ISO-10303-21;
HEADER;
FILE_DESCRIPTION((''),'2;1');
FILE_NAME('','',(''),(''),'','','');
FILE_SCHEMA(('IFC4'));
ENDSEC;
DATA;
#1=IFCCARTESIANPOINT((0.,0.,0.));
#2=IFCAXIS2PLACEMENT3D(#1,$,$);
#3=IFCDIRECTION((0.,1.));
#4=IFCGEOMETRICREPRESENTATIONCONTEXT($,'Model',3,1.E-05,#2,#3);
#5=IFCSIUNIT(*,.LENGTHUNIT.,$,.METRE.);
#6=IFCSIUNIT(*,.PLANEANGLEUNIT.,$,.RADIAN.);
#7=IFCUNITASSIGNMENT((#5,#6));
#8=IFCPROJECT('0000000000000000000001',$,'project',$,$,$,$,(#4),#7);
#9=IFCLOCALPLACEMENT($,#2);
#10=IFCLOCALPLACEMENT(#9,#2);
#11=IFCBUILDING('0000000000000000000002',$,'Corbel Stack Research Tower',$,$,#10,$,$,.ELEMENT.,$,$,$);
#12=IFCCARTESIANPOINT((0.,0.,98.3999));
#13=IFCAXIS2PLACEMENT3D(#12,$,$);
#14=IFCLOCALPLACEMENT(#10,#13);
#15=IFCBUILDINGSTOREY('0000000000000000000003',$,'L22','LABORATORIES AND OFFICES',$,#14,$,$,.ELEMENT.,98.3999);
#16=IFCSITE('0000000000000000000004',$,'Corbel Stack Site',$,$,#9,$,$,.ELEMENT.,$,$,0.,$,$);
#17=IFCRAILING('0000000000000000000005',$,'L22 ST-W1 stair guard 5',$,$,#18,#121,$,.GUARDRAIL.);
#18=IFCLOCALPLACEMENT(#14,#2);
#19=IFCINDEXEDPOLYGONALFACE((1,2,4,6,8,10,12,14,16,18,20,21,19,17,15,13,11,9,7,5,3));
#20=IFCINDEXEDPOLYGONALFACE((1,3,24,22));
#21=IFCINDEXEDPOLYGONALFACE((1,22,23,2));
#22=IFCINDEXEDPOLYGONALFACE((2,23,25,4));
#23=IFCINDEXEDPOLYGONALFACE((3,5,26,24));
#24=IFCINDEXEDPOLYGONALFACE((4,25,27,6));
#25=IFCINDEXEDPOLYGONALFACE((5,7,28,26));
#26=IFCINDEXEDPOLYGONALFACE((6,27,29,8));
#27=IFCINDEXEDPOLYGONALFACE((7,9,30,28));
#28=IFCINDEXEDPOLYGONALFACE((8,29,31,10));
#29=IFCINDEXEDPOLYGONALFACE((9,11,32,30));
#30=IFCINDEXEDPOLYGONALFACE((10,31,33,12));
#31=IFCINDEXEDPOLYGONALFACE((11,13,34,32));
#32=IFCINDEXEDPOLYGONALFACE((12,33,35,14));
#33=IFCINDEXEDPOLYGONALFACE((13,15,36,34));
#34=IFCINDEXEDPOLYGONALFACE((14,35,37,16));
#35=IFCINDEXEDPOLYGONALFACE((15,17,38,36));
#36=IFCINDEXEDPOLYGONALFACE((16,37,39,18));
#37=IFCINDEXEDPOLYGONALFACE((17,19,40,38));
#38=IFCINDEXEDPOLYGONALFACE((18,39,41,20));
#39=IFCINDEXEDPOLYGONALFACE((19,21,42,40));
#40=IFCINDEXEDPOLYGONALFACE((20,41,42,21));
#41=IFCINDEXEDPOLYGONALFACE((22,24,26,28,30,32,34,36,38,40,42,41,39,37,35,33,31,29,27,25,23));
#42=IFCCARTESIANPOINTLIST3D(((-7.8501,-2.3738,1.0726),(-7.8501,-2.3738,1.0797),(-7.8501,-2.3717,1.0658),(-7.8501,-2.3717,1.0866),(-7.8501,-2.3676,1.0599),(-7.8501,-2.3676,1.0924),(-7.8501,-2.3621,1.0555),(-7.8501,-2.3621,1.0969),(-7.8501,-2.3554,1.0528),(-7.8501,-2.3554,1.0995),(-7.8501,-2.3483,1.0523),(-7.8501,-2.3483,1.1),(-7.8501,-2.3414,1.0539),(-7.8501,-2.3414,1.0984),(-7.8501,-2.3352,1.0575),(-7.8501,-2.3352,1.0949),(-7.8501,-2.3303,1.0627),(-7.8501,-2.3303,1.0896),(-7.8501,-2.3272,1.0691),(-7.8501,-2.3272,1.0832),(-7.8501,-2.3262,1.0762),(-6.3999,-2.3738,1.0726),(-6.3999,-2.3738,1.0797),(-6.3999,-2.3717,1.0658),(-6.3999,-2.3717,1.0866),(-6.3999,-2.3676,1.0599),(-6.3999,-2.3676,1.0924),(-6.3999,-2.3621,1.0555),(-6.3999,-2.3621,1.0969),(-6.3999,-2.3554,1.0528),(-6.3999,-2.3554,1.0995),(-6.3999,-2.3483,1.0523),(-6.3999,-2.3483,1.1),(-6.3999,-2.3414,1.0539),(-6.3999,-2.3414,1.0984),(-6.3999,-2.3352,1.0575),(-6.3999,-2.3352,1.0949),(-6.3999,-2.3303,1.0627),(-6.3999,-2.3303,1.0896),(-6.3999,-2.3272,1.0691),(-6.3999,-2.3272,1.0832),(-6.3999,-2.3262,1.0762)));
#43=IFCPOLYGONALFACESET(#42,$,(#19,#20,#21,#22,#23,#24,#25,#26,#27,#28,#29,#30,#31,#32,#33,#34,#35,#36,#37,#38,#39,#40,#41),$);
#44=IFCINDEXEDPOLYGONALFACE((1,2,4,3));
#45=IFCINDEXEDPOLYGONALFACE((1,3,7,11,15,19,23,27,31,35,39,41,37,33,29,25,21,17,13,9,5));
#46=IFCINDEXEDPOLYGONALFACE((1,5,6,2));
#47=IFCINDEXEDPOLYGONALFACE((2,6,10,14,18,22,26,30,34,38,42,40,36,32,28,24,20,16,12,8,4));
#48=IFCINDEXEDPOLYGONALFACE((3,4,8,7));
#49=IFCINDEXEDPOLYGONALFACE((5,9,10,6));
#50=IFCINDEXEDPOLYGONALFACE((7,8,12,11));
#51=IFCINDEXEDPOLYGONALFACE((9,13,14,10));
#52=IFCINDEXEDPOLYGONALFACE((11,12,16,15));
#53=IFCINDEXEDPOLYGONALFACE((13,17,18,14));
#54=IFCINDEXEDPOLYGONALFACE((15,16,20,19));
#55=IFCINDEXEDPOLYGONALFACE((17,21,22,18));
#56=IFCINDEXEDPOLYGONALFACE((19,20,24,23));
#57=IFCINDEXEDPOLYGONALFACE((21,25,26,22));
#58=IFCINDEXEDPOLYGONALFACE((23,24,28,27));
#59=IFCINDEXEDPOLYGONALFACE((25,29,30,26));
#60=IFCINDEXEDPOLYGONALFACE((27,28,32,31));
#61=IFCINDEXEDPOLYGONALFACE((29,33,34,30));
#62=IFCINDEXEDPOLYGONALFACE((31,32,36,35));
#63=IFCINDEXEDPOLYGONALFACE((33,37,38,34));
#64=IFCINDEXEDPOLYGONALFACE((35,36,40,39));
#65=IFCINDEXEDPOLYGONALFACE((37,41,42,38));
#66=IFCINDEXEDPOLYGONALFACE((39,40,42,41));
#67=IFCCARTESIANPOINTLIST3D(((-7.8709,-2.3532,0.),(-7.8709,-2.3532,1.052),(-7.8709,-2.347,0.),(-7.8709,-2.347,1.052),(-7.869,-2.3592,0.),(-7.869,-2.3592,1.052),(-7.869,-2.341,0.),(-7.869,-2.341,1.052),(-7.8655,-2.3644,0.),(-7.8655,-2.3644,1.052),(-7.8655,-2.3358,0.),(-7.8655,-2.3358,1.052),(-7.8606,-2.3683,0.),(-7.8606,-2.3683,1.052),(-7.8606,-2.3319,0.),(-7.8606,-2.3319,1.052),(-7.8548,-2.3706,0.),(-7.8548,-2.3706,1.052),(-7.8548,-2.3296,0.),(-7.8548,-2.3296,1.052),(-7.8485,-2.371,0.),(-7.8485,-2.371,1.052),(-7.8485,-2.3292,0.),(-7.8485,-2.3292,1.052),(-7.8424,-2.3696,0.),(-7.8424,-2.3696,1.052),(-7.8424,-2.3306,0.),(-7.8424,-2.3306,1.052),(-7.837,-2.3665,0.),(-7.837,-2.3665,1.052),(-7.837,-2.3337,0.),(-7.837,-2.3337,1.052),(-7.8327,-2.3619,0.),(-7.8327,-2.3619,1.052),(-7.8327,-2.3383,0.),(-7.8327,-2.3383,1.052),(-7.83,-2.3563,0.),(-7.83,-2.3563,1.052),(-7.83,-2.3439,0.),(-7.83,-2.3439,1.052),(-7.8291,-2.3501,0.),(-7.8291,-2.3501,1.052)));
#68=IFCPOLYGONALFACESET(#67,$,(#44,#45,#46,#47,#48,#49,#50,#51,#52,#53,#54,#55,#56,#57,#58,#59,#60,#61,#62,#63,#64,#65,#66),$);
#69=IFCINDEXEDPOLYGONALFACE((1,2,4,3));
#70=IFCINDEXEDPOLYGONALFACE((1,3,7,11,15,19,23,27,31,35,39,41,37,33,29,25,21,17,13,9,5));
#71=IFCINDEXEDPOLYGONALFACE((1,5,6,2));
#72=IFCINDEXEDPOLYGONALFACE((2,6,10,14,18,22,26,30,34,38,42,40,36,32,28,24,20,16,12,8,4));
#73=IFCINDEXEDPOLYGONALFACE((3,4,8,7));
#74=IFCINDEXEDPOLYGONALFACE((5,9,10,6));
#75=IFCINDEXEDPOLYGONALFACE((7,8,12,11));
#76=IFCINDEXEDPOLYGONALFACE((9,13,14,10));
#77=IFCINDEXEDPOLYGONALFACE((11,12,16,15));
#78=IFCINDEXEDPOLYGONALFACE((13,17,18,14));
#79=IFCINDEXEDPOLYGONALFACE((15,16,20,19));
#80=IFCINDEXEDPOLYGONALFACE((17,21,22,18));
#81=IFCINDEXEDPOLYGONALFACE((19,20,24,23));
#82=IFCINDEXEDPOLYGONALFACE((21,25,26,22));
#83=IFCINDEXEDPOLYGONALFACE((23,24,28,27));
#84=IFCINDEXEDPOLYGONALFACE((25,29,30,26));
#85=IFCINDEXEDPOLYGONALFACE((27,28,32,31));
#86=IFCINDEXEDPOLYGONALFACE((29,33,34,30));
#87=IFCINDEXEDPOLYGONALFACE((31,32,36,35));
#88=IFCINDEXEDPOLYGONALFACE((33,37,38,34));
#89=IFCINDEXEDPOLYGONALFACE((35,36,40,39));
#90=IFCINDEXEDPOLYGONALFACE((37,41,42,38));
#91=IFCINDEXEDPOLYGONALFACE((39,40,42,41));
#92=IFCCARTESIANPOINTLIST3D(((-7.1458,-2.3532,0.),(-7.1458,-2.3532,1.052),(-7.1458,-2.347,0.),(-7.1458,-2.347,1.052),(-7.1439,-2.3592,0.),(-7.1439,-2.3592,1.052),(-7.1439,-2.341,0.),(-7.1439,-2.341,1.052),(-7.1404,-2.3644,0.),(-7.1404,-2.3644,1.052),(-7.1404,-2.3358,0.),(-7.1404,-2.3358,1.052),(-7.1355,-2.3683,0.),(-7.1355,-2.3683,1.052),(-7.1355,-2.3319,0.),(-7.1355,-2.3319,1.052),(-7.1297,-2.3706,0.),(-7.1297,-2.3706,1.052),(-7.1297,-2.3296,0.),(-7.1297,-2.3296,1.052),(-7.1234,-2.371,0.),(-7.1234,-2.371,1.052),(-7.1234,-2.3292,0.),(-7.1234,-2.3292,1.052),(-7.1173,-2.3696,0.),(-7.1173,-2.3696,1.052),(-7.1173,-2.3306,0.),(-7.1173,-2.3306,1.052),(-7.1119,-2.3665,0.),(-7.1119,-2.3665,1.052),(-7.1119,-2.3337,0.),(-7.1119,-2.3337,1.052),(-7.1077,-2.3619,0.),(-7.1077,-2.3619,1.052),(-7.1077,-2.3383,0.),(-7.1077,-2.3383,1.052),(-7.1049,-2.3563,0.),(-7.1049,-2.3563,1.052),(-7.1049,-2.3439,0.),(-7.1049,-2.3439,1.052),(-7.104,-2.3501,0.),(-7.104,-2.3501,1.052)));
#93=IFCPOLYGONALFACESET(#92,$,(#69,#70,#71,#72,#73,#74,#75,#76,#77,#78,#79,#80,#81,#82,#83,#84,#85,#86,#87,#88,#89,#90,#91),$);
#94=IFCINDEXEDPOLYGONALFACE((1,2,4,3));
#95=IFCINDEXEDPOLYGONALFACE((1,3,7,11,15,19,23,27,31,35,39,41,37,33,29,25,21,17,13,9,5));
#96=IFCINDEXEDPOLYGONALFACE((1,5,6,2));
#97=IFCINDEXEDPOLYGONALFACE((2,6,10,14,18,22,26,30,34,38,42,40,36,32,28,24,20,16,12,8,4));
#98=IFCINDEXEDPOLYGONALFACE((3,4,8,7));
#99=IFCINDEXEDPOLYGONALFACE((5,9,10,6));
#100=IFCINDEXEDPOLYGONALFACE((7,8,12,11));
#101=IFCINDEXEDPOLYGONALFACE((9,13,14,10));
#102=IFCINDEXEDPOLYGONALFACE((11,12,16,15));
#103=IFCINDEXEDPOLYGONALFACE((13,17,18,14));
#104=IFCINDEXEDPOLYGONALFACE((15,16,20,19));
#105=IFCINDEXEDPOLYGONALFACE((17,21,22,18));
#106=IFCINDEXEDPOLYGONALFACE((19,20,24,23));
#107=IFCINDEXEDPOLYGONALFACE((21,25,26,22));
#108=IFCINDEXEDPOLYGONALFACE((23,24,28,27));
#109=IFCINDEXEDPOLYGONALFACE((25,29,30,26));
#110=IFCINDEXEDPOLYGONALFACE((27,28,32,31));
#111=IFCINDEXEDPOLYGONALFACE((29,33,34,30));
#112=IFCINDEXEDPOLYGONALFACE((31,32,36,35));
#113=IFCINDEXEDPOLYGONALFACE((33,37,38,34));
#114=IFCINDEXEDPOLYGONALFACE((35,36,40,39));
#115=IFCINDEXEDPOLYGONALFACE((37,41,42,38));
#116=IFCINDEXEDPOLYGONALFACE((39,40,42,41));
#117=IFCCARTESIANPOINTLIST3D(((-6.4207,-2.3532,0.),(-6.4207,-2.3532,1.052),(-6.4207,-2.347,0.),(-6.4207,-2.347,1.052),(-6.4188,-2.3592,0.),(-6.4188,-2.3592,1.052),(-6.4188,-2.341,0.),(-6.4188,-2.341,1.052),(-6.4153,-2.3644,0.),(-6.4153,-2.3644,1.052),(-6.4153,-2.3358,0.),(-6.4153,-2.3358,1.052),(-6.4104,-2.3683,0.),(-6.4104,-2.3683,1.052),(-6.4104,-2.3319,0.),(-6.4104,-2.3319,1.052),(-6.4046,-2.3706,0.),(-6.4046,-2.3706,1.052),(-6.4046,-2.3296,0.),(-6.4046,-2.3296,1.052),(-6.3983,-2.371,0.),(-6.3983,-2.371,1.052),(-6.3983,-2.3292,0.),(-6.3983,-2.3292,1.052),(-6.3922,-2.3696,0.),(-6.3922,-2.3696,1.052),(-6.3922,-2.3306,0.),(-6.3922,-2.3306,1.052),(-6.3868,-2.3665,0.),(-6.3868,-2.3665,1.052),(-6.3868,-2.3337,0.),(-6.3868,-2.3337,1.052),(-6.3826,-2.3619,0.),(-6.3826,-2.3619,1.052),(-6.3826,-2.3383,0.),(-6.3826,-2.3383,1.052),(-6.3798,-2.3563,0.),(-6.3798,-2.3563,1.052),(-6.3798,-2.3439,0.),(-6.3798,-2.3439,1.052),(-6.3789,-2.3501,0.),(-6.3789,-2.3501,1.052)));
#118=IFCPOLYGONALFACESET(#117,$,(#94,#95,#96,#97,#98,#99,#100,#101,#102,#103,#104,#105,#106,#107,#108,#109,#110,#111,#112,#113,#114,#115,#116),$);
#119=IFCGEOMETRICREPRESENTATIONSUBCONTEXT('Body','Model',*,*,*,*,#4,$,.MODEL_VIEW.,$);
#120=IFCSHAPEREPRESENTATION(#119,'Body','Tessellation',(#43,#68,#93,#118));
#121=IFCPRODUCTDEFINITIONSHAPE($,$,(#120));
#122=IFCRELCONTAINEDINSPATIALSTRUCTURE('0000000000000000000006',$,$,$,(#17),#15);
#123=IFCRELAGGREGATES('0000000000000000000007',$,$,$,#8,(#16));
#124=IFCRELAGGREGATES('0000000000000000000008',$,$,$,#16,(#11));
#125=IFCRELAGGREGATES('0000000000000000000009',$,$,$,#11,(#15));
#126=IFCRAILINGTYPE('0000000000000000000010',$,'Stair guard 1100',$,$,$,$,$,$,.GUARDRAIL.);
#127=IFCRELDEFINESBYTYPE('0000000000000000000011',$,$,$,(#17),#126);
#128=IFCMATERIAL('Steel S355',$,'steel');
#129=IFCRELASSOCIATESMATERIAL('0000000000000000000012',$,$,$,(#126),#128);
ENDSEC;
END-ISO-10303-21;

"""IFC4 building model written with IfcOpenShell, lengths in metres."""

from ifc_helpers import new_model, si_unit, direction, frame, origin, origin_2d, place, context, subcontext, project, spatial, circle, extrude, material, type_object, element, save


model = new_model("IFC4")

# Units and contexts
model_context = context("Model", 3, precision=1e-05, world=origin(), true_north=direction((0.0, 1.0)))
body_context = subcontext(model_context, "Body", "Model", "MODEL_VIEW")
ifc_project = project(units=[si_unit("LENGTHUNIT", "METRE"), si_unit("PLANEANGLEUNIT", "RADIAN")], contexts=[model_context])

# Site, building, storey
site_placement = place(None, origin())
site = spatial("IfcSite", under=ifc_project, at=site_placement, Name="Corbel Stack Site", CompositionType="ELEMENT", RefElevation=0.0)
building_placement = place(site_placement, origin())
building = spatial("IfcBuilding", under=site, at=building_placement, Name="Corbel Stack Research Tower", CompositionType="ELEMENT")
storey_placement = place(building_placement, frame((0.0, 0.0, 98.3999)))
storey = spatial("IfcBuildingStorey", under=building, at=storey_placement, Name="L22", Description="LABORATORIES AND OFFICES", CompositionType="ELEMENT", Elevation=98.3999)

# Railing
ifc_material_1 = material(Name="Steel S355", Category="steel")
railing_type = type_object("IfcRailingType", Name="Stair guard 1100", PredefinedType="GUARDRAIL", material=ifc_material_1)
railing_placement = place(storey_placement, frame((-7.8501, -2.3501, 0.0)))
element("IfcRailing", 1, at=railing_placement, inside=storey, type_object=railing_type, Name="L22 ST-W1 stair guard 5", PredefinedType="GUARDRAIL", context=body_context, shape_type="SweptSolid", body=[
    extrude(circle(Radius=0.0239, at=origin_2d()), frame((0.0, 0.0, 1.0762), z_axis=(1.0, 0.0, 0.0), x_axis=(0.0, 1.0, 0.0)), (0.0, 0.0, 1.0), 1.4502),
    extrude(circle(Radius=0.021, at=origin_2d()), origin(), (0.0, 0.0, 1.0), 1.052),
    extrude(circle(Radius=0.021, at=origin_2d()), frame((0.7251, 0.0, 0.0)), (0.0, 0.0, 1.0), 1.052),
    extrude(circle(Radius=0.021, at=origin_2d()), frame((1.4502, 0.0, 0.0)), (0.0, 0.0, 1.0), 1.052),
])

save(model, "model.ifc")
